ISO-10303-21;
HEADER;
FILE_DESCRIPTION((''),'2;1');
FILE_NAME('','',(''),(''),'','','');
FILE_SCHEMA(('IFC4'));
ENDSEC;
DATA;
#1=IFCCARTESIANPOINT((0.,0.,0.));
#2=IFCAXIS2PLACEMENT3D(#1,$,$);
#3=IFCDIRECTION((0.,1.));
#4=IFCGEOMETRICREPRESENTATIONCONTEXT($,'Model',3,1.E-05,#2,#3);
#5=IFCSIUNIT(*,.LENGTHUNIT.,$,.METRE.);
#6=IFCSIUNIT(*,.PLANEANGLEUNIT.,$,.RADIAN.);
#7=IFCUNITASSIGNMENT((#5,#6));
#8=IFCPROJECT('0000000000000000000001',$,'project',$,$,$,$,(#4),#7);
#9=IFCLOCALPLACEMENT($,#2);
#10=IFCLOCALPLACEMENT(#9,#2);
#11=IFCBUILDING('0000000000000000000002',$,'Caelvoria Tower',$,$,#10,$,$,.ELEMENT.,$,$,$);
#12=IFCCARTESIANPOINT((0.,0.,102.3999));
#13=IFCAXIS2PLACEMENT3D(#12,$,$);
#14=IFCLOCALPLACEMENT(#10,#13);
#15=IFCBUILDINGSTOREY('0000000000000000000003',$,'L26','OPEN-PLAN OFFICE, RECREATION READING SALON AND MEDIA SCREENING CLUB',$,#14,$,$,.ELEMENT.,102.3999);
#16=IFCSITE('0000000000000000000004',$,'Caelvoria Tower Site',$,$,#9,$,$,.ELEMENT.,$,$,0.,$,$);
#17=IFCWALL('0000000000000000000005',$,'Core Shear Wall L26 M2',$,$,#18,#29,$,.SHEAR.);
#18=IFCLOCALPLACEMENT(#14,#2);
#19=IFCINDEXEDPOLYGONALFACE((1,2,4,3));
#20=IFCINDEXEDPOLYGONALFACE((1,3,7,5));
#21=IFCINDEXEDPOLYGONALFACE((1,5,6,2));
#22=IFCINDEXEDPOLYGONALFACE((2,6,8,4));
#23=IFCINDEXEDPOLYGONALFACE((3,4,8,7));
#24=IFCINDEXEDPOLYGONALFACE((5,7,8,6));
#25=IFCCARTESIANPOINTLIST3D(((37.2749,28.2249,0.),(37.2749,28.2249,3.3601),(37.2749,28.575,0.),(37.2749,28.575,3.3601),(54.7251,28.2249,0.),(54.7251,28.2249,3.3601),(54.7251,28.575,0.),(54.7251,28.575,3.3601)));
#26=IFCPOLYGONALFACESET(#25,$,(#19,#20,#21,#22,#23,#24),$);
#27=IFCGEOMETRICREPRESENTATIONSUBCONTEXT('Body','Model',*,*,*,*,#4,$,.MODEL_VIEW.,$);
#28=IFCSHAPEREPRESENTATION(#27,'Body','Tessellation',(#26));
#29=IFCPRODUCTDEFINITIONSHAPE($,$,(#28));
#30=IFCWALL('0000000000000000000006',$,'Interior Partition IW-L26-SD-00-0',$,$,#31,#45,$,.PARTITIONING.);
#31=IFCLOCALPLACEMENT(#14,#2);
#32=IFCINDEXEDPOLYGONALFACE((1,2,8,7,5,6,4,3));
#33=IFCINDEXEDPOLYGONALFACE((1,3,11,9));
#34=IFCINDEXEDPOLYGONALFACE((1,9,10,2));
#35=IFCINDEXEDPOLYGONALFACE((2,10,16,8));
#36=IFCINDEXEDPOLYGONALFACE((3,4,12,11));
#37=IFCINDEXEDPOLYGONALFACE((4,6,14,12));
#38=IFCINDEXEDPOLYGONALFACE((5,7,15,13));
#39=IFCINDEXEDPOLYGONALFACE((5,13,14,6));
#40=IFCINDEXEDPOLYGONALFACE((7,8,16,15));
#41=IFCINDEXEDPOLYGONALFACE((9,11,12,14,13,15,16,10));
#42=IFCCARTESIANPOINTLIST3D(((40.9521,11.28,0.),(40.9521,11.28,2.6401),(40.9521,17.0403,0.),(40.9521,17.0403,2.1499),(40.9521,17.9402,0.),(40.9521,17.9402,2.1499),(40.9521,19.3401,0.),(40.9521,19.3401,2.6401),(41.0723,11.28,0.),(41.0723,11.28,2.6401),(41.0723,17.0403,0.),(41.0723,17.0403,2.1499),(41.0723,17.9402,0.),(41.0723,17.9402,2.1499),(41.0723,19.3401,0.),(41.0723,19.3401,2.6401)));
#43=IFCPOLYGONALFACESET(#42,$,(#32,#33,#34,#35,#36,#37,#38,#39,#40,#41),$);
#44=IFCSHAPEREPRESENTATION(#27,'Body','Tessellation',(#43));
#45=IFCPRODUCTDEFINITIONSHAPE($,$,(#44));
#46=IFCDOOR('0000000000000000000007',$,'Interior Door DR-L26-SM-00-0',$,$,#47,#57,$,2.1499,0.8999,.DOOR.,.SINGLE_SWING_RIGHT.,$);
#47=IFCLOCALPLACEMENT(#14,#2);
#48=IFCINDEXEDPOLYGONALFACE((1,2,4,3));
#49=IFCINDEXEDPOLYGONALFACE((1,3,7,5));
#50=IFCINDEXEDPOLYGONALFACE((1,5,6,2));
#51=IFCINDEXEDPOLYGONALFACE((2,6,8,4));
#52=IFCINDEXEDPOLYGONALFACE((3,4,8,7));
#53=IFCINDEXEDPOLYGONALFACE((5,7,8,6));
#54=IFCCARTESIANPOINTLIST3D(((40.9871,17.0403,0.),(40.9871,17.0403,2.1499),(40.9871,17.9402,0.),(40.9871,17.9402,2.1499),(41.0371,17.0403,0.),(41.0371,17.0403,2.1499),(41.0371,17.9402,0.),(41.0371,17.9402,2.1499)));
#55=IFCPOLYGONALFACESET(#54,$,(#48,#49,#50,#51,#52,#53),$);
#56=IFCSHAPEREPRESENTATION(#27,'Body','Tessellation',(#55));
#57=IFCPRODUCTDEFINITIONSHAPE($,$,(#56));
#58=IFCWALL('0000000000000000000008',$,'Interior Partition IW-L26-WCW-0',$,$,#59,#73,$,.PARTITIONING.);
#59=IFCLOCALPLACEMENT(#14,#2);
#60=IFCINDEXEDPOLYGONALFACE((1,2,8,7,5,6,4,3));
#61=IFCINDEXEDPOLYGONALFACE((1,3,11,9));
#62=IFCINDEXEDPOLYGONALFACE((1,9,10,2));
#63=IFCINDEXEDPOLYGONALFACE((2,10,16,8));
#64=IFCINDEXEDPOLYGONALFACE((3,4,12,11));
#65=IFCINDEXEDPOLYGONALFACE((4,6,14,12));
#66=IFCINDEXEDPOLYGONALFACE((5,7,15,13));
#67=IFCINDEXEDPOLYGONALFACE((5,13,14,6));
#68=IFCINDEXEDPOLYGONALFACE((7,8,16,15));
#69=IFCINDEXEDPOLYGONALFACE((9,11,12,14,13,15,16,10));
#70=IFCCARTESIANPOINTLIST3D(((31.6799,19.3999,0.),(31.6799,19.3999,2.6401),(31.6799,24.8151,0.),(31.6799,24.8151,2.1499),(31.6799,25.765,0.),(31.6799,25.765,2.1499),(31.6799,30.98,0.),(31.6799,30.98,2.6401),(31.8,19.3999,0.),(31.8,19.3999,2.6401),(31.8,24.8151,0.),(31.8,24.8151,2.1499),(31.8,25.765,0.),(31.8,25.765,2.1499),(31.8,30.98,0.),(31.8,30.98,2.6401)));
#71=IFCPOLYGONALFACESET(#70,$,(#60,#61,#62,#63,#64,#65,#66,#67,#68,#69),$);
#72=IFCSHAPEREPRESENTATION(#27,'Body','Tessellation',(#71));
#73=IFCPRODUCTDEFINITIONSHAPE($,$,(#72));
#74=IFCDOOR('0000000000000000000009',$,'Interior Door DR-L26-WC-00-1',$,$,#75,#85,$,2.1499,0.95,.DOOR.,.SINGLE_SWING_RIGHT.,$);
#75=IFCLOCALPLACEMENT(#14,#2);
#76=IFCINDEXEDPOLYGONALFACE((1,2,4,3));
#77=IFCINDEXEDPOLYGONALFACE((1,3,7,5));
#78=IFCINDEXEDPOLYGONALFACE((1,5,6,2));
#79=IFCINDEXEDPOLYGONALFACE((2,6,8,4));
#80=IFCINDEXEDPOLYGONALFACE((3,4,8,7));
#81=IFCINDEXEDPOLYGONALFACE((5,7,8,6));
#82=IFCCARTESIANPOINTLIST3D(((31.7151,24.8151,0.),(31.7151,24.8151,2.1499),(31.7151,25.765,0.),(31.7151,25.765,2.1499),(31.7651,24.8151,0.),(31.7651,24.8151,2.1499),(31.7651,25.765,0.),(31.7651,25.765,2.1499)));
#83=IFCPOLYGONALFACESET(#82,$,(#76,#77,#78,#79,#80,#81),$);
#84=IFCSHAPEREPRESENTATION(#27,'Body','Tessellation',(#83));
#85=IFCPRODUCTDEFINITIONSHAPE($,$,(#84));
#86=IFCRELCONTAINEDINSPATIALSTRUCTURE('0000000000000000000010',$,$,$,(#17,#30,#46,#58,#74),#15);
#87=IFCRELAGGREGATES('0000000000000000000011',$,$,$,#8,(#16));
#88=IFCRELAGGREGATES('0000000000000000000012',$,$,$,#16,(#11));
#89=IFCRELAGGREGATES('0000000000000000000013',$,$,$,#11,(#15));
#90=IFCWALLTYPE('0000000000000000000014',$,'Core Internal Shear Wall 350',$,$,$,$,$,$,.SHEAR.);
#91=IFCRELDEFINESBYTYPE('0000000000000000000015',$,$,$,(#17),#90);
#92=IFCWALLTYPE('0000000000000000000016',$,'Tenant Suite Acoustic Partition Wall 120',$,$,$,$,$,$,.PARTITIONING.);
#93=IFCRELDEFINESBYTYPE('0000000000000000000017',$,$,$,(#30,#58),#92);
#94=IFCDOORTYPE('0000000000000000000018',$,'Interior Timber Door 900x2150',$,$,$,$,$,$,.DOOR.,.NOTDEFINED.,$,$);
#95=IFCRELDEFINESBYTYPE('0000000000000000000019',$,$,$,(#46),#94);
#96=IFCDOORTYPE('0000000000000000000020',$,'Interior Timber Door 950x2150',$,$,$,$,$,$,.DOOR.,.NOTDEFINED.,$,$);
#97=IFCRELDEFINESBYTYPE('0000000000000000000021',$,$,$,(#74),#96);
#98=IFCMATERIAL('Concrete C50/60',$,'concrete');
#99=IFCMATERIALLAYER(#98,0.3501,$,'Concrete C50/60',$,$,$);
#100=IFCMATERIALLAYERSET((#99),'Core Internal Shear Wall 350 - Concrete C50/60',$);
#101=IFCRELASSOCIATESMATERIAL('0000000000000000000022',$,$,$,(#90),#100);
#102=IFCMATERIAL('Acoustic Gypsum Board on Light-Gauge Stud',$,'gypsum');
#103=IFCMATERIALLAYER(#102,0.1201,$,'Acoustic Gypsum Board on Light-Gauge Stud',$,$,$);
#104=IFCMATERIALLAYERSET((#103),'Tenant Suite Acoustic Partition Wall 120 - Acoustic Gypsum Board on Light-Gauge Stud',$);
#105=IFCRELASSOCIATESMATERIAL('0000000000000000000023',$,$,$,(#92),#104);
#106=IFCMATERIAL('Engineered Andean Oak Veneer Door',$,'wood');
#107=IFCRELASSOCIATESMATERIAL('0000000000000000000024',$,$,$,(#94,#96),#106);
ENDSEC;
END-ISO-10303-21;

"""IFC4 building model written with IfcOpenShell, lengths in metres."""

from ifc_helpers import new_model, si_unit, direction, frame, frame_2d, origin, place, context, subcontext, project, spatial, rectangle, extrude, material, layer, layer_set, type_object, element, fill, save


model = new_model("IFC4")

# Units and contexts
model_context = context("Model", 3, precision=1e-05, world=origin(), true_north=direction((0.0, 1.0)))
body_context = subcontext(model_context, "Body", "Model", "MODEL_VIEW")
ifc_project = project(units=[si_unit("LENGTHUNIT", "METRE"), si_unit("PLANEANGLEUNIT", "RADIAN")], contexts=[model_context])

# Site, building, storey
site_placement = place(None, origin())
site = spatial("IfcSite", under=ifc_project, at=site_placement, Name="Caelvoria Tower Site", CompositionType="ELEMENT", RefElevation=0.0)
building_placement = place(site_placement, origin())
building = spatial("IfcBuilding", under=site, at=building_placement, Name="Caelvoria Tower", CompositionType="ELEMENT")
storey_placement = place(building_placement, frame((0.0, 0.0, 102.3999)))
storey = spatial("IfcBuildingStorey", under=building, at=storey_placement, Name="L26", Description="OPEN-PLAN OFFICE, RECREATION READING SALON AND MEDIA SCREENING CLUB", CompositionType="ELEMENT", Elevation=102.3999)

# Shared definitions
ifc_material_1 = material(Name="Concrete C50/60", Category="concrete")
ifc_layer_1 = layer(ifc_material_1, 0.3501, Name="Concrete C50/60")
ifc_layer_set_1 = layer_set([ifc_layer_1], Name="Core Internal Shear Wall 350 - Concrete C50/60")
wall_type_1 = type_object("IfcWallType", Name="Core Internal Shear Wall 350", PredefinedType="SHEAR", material=ifc_layer_set_1)

# Wall
wall_1_placement = place(storey_placement, frame((37.2749, 28.3999, 0.0), z_axis=(0.0, 0.0, 1.0), x_axis=(1.0, 0.0, 0.0)))
element("IfcWall", 1, at=wall_1_placement, inside=storey, type_object=wall_type_1, Name="Core Shear Wall L26 M2", PredefinedType="SHEAR", context=body_context, shape_type="SweptSolid", body=[
    extrude(rectangle(XDim=17.4502, YDim=0.3501, at=frame_2d((8.7251, 0.0))), origin(), (0.0, 0.0, 1.0), 3.3601),
])

# Walls, openings, doors
ifc_material_2 = material(Name="Acoustic Gypsum Board on Light-Gauge Stud", Category="gypsum")
ifc_layer_2 = layer(ifc_material_2, 0.1201, Name="Acoustic Gypsum Board on Light-Gauge Stud")
ifc_layer_set_2 = layer_set([ifc_layer_2], Name="Tenant Suite Acoustic Partition Wall 120 - Acoustic Gypsum Board on Light-Gauge Stud")
wall_type_2 = type_object("IfcWallType", Name="Tenant Suite Acoustic Partition Wall 120", PredefinedType="PARTITIONING", material=ifc_layer_set_2)
wall_2_placement = place(storey_placement, frame((41.0122, 19.3401, 0.0), z_axis=(0.0, 0.0, 1.0), x_axis=(0.0, -1.0, 0.0)))
wall_2 = element("IfcWall", 2, at=wall_2_placement, inside=storey, type_object=wall_type_2, Name="Interior Partition IW-L26-SD-00-0", PredefinedType="PARTITIONING", context=body_context, shape_type="SweptSolid", body=[
    extrude(rectangle(XDim=8.0601, YDim=0.1201, at=frame_2d((4.03, 0.0))), origin(), (0.0, 0.0, 1.0), 2.6401),
])
opening_1_placement = place(wall_2_placement, frame((1.3999, 0.0, 0.0)))
opening_1 = element("IfcOpeningElement", 3, at=opening_1_placement, cuts=wall_2, PredefinedType="OPENING", context=body_context, shape_type="SweptSolid", body=[
    extrude(rectangle(XDim=0.8999, YDim=2.1499, at=frame_2d((0.45, 1.075))), frame((0.0, 0.0701, 0.0), z_axis=(0.0, -1.0, 0.0), x_axis=(1.0, 0.0, 0.0)), (0.0, 0.0, 1.0), 0.1401),
])
ifc_material_3 = material(Name="Engineered Andean Oak Veneer Door", Category="wood")
door_type_1 = type_object("IfcDoorType", Name="Interior Timber Door 900x2150", OperationType="NOTDEFINED", PredefinedType="DOOR", material=ifc_material_3)
door_1_placement = place(opening_1_placement, origin())
door_1 = element("IfcDoor", 4, at=door_1_placement, inside=storey, type_object=door_type_1, Name="Interior Door DR-L26-SM-00-0", OperationType="SINGLE_SWING_RIGHT", OverallHeight=2.1499, OverallWidth=0.8999, PredefinedType="DOOR", context=body_context, shape_type="SweptSolid", body=[
    extrude(rectangle(XDim=0.8999, YDim=2.1499, at=frame_2d((0.45, 1.075))), frame((0.0, 0.0249, 0.0), z_axis=(0.0, -1.0, 0.0), x_axis=(1.0, 0.0, 0.0)), (0.0, 0.0, 1.0), 0.05),
])
fill(opening_1, door_1)
wall_3_placement = place(storey_placement, frame((31.74, 19.3999, 0.0), z_axis=(0.0, 0.0, 1.0), x_axis=(0.0, 1.0, 0.0)))
wall_3 = element("IfcWall", 5, at=wall_3_placement, inside=storey, type_object=wall_type_2, Name="Interior Partition IW-L26-WCW-0", PredefinedType="PARTITIONING", context=body_context, shape_type="SweptSolid", body=[
    extrude(rectangle(XDim=11.5801, YDim=0.1201, at=frame_2d((5.79, 0.0))), origin(), (0.0, 0.0, 1.0), 2.6401),
])
opening_2_placement = place(wall_3_placement, frame((5.415, 0.0, 0.0)))
opening_2 = element("IfcOpeningElement", 6, at=opening_2_placement, cuts=wall_3, PredefinedType="OPENING", context=body_context, shape_type="SweptSolid", body=[
    extrude(rectangle(XDim=0.95, YDim=2.1499, at=frame_2d((0.4751, 1.075))), frame((0.0, 0.0701, 0.0), z_axis=(0.0, -1.0, 0.0), x_axis=(1.0, 0.0, 0.0)), (0.0, 0.0, 1.0), 0.1401),
])
door_type_2 = type_object("IfcDoorType", Name="Interior Timber Door 950x2150", OperationType="NOTDEFINED", PredefinedType="DOOR", material=ifc_material_3)
door_2_placement = place(opening_2_placement, origin())
door_2 = element("IfcDoor", 7, at=door_2_placement, inside=storey, type_object=door_type_2, Name="Interior Door DR-L26-WC-00-1", OperationType="SINGLE_SWING_RIGHT", OverallHeight=2.1499, OverallWidth=0.95, PredefinedType="DOOR", context=body_context, shape_type="SweptSolid", body=[
    extrude(rectangle(XDim=0.95, YDim=2.1499, at=frame_2d((0.4751, 1.075))), frame((0.0, 0.0249, 0.0), z_axis=(0.0, -1.0, 0.0), x_axis=(1.0, 0.0, 0.0)), (0.0, 0.0, 1.0), 0.05),
])
fill(opening_2, door_2)

save(model, "model.ifc")
